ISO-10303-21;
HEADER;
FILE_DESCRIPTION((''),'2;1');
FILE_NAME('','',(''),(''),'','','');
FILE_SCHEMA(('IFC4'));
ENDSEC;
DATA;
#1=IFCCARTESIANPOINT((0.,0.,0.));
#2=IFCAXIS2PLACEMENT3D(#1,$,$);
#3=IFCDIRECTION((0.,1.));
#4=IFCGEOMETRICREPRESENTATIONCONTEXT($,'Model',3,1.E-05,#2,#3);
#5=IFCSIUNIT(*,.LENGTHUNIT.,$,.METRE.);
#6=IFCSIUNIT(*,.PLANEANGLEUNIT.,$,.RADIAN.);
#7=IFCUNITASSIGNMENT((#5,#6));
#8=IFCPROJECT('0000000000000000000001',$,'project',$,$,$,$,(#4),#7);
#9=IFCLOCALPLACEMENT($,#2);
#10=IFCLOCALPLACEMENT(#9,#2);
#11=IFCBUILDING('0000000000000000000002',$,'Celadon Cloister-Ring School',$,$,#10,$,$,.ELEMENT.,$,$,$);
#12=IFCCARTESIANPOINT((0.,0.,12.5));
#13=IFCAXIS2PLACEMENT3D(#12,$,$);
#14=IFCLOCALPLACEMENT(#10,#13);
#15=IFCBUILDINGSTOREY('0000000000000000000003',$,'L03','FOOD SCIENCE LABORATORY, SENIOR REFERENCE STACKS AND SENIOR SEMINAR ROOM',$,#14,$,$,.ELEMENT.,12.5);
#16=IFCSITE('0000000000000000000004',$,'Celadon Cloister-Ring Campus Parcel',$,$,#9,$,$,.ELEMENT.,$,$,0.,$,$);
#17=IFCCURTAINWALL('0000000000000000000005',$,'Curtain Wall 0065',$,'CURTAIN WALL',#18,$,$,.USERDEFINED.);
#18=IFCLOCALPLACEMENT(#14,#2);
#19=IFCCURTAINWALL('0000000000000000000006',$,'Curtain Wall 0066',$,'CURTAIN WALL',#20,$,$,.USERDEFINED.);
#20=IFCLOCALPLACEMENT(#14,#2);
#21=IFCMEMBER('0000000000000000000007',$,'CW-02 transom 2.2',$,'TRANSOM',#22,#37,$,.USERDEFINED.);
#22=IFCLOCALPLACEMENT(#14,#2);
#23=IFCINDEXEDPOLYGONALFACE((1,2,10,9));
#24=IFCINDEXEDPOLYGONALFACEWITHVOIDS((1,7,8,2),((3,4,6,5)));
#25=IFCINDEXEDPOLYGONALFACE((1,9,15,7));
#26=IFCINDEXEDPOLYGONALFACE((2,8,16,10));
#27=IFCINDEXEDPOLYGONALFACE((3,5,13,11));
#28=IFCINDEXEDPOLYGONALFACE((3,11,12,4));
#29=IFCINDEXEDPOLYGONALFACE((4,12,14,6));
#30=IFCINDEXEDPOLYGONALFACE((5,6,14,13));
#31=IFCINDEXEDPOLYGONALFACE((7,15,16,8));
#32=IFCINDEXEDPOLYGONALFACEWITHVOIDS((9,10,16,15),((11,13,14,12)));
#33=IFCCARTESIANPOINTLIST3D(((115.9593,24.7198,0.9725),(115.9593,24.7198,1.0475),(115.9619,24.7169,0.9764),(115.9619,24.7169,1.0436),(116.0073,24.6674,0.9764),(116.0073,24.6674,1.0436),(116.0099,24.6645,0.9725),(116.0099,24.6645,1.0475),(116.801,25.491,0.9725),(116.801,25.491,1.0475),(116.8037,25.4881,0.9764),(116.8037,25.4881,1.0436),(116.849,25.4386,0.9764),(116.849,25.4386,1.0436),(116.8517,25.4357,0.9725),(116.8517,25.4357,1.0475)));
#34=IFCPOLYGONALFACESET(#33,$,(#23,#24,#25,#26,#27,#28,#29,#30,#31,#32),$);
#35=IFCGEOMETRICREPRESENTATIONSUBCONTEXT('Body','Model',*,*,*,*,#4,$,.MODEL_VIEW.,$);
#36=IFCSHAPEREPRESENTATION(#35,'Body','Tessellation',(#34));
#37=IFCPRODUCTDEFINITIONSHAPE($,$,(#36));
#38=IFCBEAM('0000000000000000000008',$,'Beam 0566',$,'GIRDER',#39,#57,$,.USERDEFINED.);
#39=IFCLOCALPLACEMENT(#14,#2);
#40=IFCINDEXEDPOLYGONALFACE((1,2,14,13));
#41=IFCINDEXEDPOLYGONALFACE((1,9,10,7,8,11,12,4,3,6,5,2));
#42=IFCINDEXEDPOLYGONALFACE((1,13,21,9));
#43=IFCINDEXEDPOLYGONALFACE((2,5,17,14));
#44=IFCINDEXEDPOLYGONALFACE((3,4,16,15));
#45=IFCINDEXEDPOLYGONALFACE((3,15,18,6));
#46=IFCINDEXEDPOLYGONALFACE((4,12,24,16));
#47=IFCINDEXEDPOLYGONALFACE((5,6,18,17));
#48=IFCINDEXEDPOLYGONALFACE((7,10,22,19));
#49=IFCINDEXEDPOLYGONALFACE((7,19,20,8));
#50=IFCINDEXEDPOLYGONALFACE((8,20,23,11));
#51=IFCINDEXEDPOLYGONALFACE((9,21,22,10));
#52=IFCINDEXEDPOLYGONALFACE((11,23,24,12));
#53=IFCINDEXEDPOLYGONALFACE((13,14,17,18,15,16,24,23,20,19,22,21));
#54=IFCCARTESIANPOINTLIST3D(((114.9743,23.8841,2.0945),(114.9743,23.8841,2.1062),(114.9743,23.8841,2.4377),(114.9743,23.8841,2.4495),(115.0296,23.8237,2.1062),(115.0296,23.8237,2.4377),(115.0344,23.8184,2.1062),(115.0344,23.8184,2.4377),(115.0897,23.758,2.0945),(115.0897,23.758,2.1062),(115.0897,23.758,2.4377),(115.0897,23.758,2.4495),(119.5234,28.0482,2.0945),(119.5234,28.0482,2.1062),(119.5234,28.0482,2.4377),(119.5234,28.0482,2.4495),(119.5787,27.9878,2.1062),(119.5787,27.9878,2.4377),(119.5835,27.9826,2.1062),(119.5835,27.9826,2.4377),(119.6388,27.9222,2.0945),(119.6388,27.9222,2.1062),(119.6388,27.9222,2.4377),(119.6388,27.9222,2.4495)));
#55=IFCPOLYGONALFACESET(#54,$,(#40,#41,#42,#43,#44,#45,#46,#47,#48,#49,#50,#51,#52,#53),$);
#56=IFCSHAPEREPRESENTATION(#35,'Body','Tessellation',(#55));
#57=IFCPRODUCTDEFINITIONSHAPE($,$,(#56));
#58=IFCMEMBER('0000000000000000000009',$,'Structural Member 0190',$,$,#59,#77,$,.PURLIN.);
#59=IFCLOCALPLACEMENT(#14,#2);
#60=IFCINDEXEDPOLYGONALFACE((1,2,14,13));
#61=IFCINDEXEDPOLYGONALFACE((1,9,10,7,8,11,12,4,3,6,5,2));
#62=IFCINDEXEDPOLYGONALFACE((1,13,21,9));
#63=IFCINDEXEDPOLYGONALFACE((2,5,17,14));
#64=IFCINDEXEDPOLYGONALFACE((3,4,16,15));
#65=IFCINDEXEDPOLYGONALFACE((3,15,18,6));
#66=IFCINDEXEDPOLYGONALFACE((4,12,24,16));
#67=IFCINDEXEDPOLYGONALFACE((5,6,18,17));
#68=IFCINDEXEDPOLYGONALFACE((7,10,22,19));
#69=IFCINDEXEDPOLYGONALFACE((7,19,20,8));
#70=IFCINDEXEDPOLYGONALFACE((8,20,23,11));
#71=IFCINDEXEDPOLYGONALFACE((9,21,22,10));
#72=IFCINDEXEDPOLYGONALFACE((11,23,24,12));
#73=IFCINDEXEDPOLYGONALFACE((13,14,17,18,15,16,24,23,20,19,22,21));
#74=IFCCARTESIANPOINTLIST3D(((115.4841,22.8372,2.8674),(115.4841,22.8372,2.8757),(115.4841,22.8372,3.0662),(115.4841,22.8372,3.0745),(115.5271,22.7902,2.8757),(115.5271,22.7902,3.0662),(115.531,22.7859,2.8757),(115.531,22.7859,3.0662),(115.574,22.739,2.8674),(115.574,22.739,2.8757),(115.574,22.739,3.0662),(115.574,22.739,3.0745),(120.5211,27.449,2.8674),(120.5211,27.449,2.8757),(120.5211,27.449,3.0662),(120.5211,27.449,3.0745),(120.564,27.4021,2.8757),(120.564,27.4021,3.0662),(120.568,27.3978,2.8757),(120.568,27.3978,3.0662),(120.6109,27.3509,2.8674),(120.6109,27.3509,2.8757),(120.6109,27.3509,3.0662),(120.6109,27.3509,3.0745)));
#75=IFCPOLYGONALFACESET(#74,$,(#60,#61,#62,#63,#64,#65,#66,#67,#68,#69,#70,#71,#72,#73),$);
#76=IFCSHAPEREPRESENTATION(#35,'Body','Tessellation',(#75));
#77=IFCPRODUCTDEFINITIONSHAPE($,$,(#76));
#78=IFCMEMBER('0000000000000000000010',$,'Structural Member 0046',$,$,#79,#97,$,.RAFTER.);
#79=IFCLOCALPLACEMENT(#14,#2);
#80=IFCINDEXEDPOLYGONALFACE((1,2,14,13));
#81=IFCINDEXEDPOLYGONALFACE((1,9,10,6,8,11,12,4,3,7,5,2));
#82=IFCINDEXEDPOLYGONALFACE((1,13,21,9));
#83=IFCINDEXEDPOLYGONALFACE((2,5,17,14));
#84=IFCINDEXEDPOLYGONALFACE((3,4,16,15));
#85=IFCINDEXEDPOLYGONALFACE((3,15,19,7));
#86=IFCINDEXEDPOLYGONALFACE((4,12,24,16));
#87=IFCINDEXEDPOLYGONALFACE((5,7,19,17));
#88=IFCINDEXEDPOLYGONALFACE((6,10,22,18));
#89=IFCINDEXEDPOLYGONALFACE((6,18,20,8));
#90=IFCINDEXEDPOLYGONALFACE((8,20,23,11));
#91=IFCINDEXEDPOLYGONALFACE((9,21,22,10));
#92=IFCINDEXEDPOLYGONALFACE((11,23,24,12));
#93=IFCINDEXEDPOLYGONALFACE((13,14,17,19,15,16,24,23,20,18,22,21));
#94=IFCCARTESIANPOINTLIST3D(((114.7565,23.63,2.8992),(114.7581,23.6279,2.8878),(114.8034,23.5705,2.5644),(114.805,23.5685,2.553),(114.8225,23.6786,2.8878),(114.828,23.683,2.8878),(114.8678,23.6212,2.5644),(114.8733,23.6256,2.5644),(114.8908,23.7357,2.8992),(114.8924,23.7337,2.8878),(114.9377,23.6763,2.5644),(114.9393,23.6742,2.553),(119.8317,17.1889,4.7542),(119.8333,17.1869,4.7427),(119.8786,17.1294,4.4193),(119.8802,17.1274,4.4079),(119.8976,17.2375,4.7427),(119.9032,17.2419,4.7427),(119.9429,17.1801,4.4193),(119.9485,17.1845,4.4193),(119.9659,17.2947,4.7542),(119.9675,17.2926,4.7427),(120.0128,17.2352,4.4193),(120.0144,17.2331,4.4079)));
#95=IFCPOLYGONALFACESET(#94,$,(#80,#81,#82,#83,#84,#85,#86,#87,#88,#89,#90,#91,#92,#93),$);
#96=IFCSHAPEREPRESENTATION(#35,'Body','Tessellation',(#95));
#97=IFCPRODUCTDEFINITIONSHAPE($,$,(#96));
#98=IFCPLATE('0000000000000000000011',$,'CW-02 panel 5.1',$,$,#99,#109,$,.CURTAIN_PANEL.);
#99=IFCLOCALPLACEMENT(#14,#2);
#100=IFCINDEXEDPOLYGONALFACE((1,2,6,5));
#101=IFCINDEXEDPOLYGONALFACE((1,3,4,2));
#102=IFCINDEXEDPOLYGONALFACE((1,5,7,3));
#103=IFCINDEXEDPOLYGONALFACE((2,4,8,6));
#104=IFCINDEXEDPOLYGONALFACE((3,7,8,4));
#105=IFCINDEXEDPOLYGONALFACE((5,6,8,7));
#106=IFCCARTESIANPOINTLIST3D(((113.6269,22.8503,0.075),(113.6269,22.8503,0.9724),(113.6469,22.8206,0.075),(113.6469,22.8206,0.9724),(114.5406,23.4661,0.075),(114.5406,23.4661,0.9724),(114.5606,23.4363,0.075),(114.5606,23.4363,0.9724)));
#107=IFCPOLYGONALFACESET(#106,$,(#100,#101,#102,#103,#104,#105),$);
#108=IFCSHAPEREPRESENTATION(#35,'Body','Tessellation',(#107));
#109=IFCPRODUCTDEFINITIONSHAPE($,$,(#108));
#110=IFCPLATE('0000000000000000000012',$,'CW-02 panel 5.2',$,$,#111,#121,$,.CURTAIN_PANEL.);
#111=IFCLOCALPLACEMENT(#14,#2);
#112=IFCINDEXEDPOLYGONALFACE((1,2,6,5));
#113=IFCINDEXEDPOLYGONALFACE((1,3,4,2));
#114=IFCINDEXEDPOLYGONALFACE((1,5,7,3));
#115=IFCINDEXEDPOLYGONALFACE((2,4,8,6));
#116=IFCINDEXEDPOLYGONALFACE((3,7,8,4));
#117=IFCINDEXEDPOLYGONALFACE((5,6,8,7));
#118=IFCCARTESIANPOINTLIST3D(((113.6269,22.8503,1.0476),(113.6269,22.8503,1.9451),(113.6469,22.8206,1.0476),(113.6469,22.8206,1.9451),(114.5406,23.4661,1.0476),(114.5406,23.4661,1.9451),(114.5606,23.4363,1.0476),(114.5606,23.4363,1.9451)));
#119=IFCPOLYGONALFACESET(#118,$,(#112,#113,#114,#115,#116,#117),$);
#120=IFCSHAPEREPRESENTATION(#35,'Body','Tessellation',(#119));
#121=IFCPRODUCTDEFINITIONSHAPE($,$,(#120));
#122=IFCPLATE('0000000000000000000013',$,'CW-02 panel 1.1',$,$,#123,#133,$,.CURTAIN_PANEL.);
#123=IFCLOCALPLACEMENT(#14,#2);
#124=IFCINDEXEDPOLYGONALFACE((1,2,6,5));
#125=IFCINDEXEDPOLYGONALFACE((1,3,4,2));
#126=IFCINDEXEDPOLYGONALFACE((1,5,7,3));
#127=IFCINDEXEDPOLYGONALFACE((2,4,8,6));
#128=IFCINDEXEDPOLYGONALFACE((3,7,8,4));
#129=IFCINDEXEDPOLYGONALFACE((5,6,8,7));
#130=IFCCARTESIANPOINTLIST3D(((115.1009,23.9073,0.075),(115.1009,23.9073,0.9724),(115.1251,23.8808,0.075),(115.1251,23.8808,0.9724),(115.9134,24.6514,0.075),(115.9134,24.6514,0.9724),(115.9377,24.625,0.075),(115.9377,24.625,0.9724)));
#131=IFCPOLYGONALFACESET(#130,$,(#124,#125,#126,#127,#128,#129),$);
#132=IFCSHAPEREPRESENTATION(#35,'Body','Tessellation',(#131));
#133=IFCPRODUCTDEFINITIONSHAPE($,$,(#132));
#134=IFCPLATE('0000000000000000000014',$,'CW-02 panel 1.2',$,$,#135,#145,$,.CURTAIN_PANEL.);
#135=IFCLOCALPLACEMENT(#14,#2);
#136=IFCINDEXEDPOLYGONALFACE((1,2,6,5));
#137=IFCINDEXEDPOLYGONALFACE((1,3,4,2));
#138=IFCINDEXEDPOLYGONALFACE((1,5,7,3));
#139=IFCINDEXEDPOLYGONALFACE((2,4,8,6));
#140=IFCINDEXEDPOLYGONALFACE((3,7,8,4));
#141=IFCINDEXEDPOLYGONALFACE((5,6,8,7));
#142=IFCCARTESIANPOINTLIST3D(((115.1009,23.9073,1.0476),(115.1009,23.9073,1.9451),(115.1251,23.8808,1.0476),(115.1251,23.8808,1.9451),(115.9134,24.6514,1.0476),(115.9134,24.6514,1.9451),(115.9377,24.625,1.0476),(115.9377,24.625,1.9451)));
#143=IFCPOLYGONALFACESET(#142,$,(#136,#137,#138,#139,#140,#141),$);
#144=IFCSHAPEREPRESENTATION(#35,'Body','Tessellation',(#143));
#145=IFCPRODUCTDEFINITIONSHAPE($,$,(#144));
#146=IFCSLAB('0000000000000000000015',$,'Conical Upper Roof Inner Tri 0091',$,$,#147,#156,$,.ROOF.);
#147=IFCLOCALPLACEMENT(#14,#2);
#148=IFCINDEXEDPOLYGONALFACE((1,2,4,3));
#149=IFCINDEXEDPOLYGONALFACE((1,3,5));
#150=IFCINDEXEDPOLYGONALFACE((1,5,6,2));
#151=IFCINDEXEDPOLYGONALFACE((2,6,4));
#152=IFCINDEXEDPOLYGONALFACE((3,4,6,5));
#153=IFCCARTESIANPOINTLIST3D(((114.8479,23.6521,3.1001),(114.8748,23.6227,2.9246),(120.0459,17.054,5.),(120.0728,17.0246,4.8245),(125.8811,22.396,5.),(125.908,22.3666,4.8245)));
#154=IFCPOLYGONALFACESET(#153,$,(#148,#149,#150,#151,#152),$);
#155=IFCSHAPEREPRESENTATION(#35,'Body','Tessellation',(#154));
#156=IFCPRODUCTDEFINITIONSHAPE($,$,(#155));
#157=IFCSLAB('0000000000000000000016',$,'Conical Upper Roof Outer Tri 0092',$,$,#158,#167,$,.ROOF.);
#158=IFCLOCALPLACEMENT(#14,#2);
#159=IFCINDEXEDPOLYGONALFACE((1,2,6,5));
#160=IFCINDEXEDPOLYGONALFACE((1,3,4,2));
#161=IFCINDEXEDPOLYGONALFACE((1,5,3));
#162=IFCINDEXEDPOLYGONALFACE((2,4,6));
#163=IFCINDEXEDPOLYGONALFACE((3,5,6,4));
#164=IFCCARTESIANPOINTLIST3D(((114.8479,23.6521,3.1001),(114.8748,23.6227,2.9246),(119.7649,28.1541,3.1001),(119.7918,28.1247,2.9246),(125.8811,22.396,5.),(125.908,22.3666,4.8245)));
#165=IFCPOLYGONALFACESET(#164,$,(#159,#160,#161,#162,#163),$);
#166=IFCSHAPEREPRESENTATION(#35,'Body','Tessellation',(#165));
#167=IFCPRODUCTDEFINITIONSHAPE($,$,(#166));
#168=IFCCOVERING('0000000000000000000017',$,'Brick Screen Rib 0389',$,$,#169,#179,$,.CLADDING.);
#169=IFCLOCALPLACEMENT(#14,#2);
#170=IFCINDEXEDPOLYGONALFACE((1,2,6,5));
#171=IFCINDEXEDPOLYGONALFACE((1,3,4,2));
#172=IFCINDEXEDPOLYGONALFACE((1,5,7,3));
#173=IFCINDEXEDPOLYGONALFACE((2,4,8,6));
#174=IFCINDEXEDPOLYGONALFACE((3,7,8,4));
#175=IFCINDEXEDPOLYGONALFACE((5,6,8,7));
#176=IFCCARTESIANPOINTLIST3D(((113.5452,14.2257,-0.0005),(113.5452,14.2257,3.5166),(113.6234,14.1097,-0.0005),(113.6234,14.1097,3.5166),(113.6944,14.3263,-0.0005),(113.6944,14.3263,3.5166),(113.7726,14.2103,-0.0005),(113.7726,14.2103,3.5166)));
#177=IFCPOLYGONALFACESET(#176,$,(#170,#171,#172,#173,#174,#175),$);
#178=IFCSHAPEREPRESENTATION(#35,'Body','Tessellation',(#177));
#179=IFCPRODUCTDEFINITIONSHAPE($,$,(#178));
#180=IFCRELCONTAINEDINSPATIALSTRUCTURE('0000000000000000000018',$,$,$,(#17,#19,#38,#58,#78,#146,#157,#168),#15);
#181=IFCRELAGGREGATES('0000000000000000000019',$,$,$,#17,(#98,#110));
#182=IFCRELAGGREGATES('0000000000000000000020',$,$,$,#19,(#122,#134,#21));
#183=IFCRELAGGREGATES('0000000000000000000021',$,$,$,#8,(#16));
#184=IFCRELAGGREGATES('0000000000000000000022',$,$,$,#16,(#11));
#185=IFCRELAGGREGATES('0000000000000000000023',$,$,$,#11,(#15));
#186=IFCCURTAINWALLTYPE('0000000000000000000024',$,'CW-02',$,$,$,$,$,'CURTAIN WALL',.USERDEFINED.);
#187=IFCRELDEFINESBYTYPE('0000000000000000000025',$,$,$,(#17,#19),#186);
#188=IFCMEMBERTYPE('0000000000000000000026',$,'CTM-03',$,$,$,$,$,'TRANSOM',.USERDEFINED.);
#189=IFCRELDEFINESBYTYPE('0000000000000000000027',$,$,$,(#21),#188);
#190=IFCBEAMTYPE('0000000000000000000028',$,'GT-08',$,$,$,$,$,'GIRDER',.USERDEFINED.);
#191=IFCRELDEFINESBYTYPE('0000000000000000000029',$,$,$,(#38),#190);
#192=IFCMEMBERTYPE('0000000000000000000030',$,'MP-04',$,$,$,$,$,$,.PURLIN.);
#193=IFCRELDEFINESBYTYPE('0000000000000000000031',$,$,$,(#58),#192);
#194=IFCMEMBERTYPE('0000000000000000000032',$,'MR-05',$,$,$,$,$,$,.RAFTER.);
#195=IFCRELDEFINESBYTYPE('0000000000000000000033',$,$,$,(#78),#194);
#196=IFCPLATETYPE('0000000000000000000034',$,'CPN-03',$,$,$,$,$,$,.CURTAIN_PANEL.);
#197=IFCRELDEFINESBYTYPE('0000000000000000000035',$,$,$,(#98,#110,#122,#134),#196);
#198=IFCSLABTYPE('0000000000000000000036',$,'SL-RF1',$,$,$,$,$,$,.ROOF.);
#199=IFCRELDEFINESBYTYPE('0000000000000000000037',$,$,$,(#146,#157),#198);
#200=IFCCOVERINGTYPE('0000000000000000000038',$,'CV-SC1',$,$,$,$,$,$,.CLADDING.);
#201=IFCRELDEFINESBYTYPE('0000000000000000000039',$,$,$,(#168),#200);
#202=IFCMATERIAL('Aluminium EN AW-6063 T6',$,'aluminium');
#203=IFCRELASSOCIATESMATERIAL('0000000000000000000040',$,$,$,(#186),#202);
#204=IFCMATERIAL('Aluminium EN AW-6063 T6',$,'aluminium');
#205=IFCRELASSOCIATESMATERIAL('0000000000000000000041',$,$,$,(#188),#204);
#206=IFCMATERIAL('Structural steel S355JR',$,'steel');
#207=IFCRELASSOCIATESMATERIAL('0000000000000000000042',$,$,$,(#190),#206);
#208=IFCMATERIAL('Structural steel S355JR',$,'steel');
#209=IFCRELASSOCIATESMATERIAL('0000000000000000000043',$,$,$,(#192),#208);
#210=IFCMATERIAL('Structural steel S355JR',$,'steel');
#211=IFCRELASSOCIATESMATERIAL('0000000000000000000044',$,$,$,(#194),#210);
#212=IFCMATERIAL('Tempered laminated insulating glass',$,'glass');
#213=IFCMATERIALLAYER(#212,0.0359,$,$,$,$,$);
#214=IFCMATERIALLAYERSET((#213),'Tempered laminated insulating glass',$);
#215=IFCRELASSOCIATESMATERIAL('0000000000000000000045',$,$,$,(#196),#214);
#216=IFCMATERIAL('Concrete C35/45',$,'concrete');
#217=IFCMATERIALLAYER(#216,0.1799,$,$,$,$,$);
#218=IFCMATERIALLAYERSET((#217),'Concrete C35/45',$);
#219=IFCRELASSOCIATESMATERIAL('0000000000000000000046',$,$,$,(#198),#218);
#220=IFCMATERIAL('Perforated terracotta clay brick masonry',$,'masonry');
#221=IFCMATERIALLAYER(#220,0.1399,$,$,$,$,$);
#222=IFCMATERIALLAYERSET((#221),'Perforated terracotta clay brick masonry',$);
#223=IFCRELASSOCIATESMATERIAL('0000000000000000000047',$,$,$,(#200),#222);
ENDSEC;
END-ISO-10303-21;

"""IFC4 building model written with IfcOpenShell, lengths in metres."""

from ifc_helpers import new_model, si_unit, direction, frame, origin, origin_2d, place, context, subcontext, project, spatial, polyline, rectangle, hollow_rectangle, i_section, outline, extrude, material, layer, layer_set, material_profile, profile_set, type_object, element, aggregate, save


model = new_model("IFC4")

# Units and contexts
model_context = context("Model", 3, precision=1e-05, world=origin(), true_north=direction((0.0, 1.0)))
body_context = subcontext(model_context, "Body", "Model", "MODEL_VIEW")
ifc_project = project(units=[si_unit("LENGTHUNIT", "METRE"), si_unit("PLANEANGLEUNIT", "RADIAN")], contexts=[model_context])

# Site, building, storey
site_placement = place(None, origin())
site = spatial("IfcSite", under=ifc_project, at=site_placement, Name="Celadon Cloister-Ring Campus Parcel", CompositionType="ELEMENT", RefElevation=0.0)
building_placement = place(site_placement, origin())
building = spatial("IfcBuilding", under=site, at=building_placement, Name="Celadon Cloister-Ring School", CompositionType="ELEMENT")
storey_placement = place(building_placement, frame((0.0, 0.0, 12.5)))
storey = spatial("IfcBuildingStorey", under=building, at=storey_placement, Name="L03", Description="FOOD SCIENCE LABORATORY, SENIOR REFERENCE STACKS AND SENIOR SEMINAR ROOM", CompositionType="ELEMENT", Elevation=12.5)

# Curtain wall
ifc_material_1 = material(Name="Aluminium EN AW-6063 T6", Category="aluminium")
curtain_wall_type = type_object("IfcCurtainWallType", Name="CW-02", ElementType="CURTAIN WALL", PredefinedType="USERDEFINED", material=ifc_material_1)
curtain_wall_1_placement = place(storey_placement, origin())
curtain_wall_1 = element("IfcCurtainWall", 1, at=curtain_wall_1_placement, inside=storey, type_object=curtain_wall_type, Name="Curtain Wall 0065", ObjectType="CURTAIN WALL", PredefinedType="USERDEFINED")

# Curtain wall
curtain_wall_2_placement = place(storey_placement, origin())
curtain_wall_2 = element("IfcCurtainWall", 2, at=curtain_wall_2_placement, inside=storey, type_object=curtain_wall_type, Name="Curtain Wall 0066", ObjectType="CURTAIN WALL", PredefinedType="USERDEFINED")

# Member
ifc_material_2 = material(Name="Aluminium EN AW-6063 T6", Category="aluminium")
ifc_material_profile_1 = material_profile(ifc_material_2, hollow_rectangle(XDim=0.075, YDim=0.075, WallThickness=0.0039, at=origin_2d()), Name="RHS75X75X4")
ifc_profile_set_1 = profile_set([ifc_material_profile_1], Name="Aluminium EN AW-6063 T6")
member_type_1 = type_object("IfcMemberType", Name="CTM-03", ElementType="TRANSOM", PredefinedType="USERDEFINED", material=ifc_profile_set_1)
member_1_placement = place(storey_placement, frame((115.9846, 24.6921, 1.01), z_axis=(0.737332, 0.675531, 0.0), x_axis=(-0.675531, 0.737332, 0.0)))
member_1 = element("IfcMember", 3, at=member_1_placement, type_object=member_type_1, Name="CW-02 transom 2.2", ObjectType="TRANSOM", PredefinedType="USERDEFINED", context=body_context, shape_type="SweptSolid", body=[
    extrude(hollow_rectangle(XDim=0.075, YDim=0.075, WallThickness=0.0039, at=origin_2d()), origin(), (0.0, 0.0, 1.0), 1.1416),
])

# Beam
ifc_material_3 = material(Name="Structural steel S355JR", Category="steel")
ifc_material_profile_2 = material_profile(ifc_material_3, i_section(OverallWidth=0.1709, OverallDepth=0.355, WebThickness=0.0071, FlangeThickness=0.0117, at=origin_2d()), Name="W360X51")
ifc_profile_set_2 = profile_set([ifc_material_profile_2], Name="Structural steel S355JR")
beam_type = type_object("IfcBeamType", Name="GT-08", ElementType="GIRDER", PredefinedType="USERDEFINED", material=ifc_profile_set_2)
beam_placement = place(storey_placement, frame((115.032, 23.821, 2.272), z_axis=(0.737632, 0.675203, 0.0), x_axis=(-0.675203, 0.737632, 0.0)))
element("IfcBeam", 4, at=beam_placement, inside=storey, type_object=beam_type, Name="Beam 0566", ObjectType="GIRDER", PredefinedType="USERDEFINED", context=body_context, shape_type="SweptSolid", body=[
    extrude(i_section(OverallWidth=0.1709, OverallDepth=0.355, WebThickness=0.0071, FlangeThickness=0.0117, at=origin_2d()), origin(), (0.0, 0.0, 1.0), 6.1672),
])

# Members
ifc_material_4 = material(Name="Structural steel S355JR", Category="steel")
ifc_material_profile_3 = material_profile(ifc_material_4, i_section(OverallWidth=0.1331, OverallDepth=0.207, WebThickness=0.0059, FlangeThickness=0.0083, at=origin_2d()), Name="W200X27")
ifc_profile_set_3 = profile_set([ifc_material_profile_3], Name="Structural steel S355JR")
member_type_2 = type_object("IfcMemberType", Name="MP-04", PredefinedType="PURLIN", material=ifc_profile_set_3)
member_2_placement = place(storey_placement, frame((115.5291, 22.7881, 2.9709), z_axis=(0.737541, 0.675302, 0.0), x_axis=(-0.675302, 0.737541, 0.0)))
element("IfcMember", 5, at=member_2_placement, inside=storey, type_object=member_type_2, Name="Structural Member 0190", PredefinedType="PURLIN", context=body_context, shape_type="SweptSolid", body=[
    extrude(i_section(OverallWidth=0.1331, OverallDepth=0.207, WebThickness=0.0059, FlangeThickness=0.0083, at=origin_2d()), origin(), (0.0, 0.0, 1.0), 6.8293),
])
ifc_material_5 = material(Name="Structural steel S355JR", Category="steel")
ifc_material_profile_4 = material_profile(ifc_material_5, i_section(OverallWidth=0.1709, OverallDepth=0.355, WebThickness=0.0071, FlangeThickness=0.0117, at=origin_2d()), Name="W360X51")
ifc_profile_set_4 = profile_set([ifc_material_profile_4], Name="Structural steel S355JR")
member_type_3 = type_object("IfcMemberType", Name="MR-05", PredefinedType="RAFTER", material=ifc_profile_set_4)
member_3_placement = place(storey_placement, frame((114.8479, 23.6521, 2.7261), z_axis=(0.603646, -0.766115, 0.220632), x_axis=(0.785471, 0.618898, 0.0)))
element("IfcMember", 6, at=member_3_placement, inside=storey, type_object=member_type_3, Name="Structural Member 0046", PredefinedType="RAFTER", context=body_context, shape_type="SweptSolid", body=[
    extrude(i_section(OverallWidth=0.1709, OverallDepth=0.355, WebThickness=0.0071, FlangeThickness=0.0117, at=origin_2d()), origin(), (0.0, 0.0, 1.0), 8.4075),
])

# Plates
ifc_material_6 = material(Name="Tempered laminated insulating glass", Category="glass")
ifc_layer_1 = layer(ifc_material_6, 0.0359)
ifc_layer_set_1 = layer_set([ifc_layer_1], Name="Tempered laminated insulating glass")
plate_type = type_object("IfcPlateType", Name="CPN-03", PredefinedType="CURTAIN_PANEL", material=ifc_layer_set_1)
plate_1_placement = place(storey_placement, frame((114.0938, 23.1433, 0.075), z_axis=(0.0, 0.0, 1.0), x_axis=(0.82927, 0.558849, 0.0)))
plate_1 = element("IfcPlate", 7, at=plate_1_placement, type_object=plate_type, Name="CW-02 panel 5.1", PredefinedType="CURTAIN_PANEL", context=body_context, shape_type="SweptSolid", body=[
    extrude(rectangle(XDim=1.1018, YDim=0.0359, at=origin_2d()), origin(), (0.0, 0.0, 1.0), 0.8975),
])
plate_2_placement = place(storey_placement, frame((114.0938, 23.1433, 1.0476), z_axis=(0.0, 0.0, 1.0), x_axis=(0.82927, 0.558849, 0.0)))
plate_2 = element("IfcPlate", 8, at=plate_2_placement, type_object=plate_type, Name="CW-02 panel 5.2", PredefinedType="CURTAIN_PANEL", context=body_context, shape_type="SweptSolid", body=[
    extrude(rectangle(XDim=1.1018, YDim=0.0359, at=origin_2d()), origin(), (0.0, 0.0, 1.0), 0.8975),
])
aggregate(curtain_wall_1, [plate_1, plate_2])
plate_3_placement = place(storey_placement, frame((115.5193, 24.2661, 0.075), z_axis=(0.0, 0.0, 1.0), x_axis=(0.737446, 0.675406, 0.0)))
plate_3 = element("IfcPlate", 9, at=plate_3_placement, type_object=plate_type, Name="CW-02 panel 1.1", PredefinedType="CURTAIN_PANEL", context=body_context, shape_type="SweptSolid", body=[
    extrude(rectangle(XDim=1.1018, YDim=0.0359, at=origin_2d()), origin(), (0.0, 0.0, 1.0), 0.8975),
])
plate_4_placement = place(storey_placement, frame((115.5193, 24.2661, 1.0476), z_axis=(0.0, 0.0, 1.0), x_axis=(0.737446, 0.675406, 0.0)))
plate_4 = element("IfcPlate", 10, at=plate_4_placement, type_object=plate_type, Name="CW-02 panel 1.2", PredefinedType="CURTAIN_PANEL", context=body_context, shape_type="SweptSolid", body=[
    extrude(rectangle(XDim=1.1018, YDim=0.0359, at=origin_2d()), origin(), (0.0, 0.0, 1.0), 0.8975),
])
aggregate(curtain_wall_2, [plate_3, plate_4, member_1])

# Slabs
ifc_material_7 = material(Name="Concrete C35/45", Category="concrete")
ifc_layer_2 = layer(ifc_material_7, 0.1799)
ifc_layer_set_2 = layer_set([ifc_layer_2], Name="Concrete C35/45")
slab_type = type_object("IfcSlabType", Name="SL-RF1", PredefinedType="ROOF", material=ifc_layer_set_2)
slab_1_placement = place(storey_placement, frame((114.8479, 23.6521, 3.1001), z_axis=(-0.149359, 0.163148, 0.975231), x_axis=(0.603585, -0.766169, 0.220614)))
element("IfcSlab", 11, at=slab_1_placement, inside=storey, type_object=slab_type, Name="Conical Upper Roof Inner Tri 0091", PredefinedType="ROOF", context=body_context, shape_type="SweptSolid", body=[
    extrude(outline(polyline([(0.0, 0.0), (8.6119, 0.0), (8.041, 7.8906), (0.0, 0.0)])), origin(), (0.0, 0.0, -1.0), 0.1799),
])
slab_2_placement = place(storey_placement, frame((114.8479, 23.6521, 3.1001), z_axis=(-0.149362, 0.163131, 0.975233), x_axis=(0.979351, -0.111497, 0.168643)))
element("IfcSlab", 12, at=slab_2_placement, inside=storey, type_object=slab_type, Name="Conical Upper Roof Outer Tri 0092", PredefinedType="ROOF", context=body_context, shape_type="SweptSolid", body=[
    extrude(outline(polyline([(0.0, 0.0), (11.2658, 0.0), (4.3135, 5.0831), (0.0, 0.0)])), origin(), (0.0, 0.0, -1.0), 0.1799),
])

# Covering
ifc_material_8 = material(Name="Perforated terracotta clay brick masonry", Category="masonry")
ifc_layer_3 = layer(ifc_material_8, 0.1399)
ifc_layer_set_3 = layer_set([ifc_layer_3], Name="Perforated terracotta clay brick masonry")
covering_type = type_object("IfcCoveringType", Name="CV-SC1", PredefinedType="CLADDING", material=ifc_layer_set_3)
covering_placement = place(storey_placement, frame((113.6589, 14.218, -0.0005), z_axis=(0.0, 0.0, 1.0), x_axis=(-0.829213, -0.558932, 0.0)))
element("IfcCovering", 13, at=covering_placement, inside=storey, type_object=covering_type, Name="Brick Screen Rib 0389", PredefinedType="CLADDING", context=body_context, shape_type="SweptSolid", body=[
    extrude(rectangle(XDim=0.1799, YDim=0.1399, at=origin_2d()), origin(), (0.0, 0.0, 1.0), 3.5171),
])

save(model, "model.ifc")
